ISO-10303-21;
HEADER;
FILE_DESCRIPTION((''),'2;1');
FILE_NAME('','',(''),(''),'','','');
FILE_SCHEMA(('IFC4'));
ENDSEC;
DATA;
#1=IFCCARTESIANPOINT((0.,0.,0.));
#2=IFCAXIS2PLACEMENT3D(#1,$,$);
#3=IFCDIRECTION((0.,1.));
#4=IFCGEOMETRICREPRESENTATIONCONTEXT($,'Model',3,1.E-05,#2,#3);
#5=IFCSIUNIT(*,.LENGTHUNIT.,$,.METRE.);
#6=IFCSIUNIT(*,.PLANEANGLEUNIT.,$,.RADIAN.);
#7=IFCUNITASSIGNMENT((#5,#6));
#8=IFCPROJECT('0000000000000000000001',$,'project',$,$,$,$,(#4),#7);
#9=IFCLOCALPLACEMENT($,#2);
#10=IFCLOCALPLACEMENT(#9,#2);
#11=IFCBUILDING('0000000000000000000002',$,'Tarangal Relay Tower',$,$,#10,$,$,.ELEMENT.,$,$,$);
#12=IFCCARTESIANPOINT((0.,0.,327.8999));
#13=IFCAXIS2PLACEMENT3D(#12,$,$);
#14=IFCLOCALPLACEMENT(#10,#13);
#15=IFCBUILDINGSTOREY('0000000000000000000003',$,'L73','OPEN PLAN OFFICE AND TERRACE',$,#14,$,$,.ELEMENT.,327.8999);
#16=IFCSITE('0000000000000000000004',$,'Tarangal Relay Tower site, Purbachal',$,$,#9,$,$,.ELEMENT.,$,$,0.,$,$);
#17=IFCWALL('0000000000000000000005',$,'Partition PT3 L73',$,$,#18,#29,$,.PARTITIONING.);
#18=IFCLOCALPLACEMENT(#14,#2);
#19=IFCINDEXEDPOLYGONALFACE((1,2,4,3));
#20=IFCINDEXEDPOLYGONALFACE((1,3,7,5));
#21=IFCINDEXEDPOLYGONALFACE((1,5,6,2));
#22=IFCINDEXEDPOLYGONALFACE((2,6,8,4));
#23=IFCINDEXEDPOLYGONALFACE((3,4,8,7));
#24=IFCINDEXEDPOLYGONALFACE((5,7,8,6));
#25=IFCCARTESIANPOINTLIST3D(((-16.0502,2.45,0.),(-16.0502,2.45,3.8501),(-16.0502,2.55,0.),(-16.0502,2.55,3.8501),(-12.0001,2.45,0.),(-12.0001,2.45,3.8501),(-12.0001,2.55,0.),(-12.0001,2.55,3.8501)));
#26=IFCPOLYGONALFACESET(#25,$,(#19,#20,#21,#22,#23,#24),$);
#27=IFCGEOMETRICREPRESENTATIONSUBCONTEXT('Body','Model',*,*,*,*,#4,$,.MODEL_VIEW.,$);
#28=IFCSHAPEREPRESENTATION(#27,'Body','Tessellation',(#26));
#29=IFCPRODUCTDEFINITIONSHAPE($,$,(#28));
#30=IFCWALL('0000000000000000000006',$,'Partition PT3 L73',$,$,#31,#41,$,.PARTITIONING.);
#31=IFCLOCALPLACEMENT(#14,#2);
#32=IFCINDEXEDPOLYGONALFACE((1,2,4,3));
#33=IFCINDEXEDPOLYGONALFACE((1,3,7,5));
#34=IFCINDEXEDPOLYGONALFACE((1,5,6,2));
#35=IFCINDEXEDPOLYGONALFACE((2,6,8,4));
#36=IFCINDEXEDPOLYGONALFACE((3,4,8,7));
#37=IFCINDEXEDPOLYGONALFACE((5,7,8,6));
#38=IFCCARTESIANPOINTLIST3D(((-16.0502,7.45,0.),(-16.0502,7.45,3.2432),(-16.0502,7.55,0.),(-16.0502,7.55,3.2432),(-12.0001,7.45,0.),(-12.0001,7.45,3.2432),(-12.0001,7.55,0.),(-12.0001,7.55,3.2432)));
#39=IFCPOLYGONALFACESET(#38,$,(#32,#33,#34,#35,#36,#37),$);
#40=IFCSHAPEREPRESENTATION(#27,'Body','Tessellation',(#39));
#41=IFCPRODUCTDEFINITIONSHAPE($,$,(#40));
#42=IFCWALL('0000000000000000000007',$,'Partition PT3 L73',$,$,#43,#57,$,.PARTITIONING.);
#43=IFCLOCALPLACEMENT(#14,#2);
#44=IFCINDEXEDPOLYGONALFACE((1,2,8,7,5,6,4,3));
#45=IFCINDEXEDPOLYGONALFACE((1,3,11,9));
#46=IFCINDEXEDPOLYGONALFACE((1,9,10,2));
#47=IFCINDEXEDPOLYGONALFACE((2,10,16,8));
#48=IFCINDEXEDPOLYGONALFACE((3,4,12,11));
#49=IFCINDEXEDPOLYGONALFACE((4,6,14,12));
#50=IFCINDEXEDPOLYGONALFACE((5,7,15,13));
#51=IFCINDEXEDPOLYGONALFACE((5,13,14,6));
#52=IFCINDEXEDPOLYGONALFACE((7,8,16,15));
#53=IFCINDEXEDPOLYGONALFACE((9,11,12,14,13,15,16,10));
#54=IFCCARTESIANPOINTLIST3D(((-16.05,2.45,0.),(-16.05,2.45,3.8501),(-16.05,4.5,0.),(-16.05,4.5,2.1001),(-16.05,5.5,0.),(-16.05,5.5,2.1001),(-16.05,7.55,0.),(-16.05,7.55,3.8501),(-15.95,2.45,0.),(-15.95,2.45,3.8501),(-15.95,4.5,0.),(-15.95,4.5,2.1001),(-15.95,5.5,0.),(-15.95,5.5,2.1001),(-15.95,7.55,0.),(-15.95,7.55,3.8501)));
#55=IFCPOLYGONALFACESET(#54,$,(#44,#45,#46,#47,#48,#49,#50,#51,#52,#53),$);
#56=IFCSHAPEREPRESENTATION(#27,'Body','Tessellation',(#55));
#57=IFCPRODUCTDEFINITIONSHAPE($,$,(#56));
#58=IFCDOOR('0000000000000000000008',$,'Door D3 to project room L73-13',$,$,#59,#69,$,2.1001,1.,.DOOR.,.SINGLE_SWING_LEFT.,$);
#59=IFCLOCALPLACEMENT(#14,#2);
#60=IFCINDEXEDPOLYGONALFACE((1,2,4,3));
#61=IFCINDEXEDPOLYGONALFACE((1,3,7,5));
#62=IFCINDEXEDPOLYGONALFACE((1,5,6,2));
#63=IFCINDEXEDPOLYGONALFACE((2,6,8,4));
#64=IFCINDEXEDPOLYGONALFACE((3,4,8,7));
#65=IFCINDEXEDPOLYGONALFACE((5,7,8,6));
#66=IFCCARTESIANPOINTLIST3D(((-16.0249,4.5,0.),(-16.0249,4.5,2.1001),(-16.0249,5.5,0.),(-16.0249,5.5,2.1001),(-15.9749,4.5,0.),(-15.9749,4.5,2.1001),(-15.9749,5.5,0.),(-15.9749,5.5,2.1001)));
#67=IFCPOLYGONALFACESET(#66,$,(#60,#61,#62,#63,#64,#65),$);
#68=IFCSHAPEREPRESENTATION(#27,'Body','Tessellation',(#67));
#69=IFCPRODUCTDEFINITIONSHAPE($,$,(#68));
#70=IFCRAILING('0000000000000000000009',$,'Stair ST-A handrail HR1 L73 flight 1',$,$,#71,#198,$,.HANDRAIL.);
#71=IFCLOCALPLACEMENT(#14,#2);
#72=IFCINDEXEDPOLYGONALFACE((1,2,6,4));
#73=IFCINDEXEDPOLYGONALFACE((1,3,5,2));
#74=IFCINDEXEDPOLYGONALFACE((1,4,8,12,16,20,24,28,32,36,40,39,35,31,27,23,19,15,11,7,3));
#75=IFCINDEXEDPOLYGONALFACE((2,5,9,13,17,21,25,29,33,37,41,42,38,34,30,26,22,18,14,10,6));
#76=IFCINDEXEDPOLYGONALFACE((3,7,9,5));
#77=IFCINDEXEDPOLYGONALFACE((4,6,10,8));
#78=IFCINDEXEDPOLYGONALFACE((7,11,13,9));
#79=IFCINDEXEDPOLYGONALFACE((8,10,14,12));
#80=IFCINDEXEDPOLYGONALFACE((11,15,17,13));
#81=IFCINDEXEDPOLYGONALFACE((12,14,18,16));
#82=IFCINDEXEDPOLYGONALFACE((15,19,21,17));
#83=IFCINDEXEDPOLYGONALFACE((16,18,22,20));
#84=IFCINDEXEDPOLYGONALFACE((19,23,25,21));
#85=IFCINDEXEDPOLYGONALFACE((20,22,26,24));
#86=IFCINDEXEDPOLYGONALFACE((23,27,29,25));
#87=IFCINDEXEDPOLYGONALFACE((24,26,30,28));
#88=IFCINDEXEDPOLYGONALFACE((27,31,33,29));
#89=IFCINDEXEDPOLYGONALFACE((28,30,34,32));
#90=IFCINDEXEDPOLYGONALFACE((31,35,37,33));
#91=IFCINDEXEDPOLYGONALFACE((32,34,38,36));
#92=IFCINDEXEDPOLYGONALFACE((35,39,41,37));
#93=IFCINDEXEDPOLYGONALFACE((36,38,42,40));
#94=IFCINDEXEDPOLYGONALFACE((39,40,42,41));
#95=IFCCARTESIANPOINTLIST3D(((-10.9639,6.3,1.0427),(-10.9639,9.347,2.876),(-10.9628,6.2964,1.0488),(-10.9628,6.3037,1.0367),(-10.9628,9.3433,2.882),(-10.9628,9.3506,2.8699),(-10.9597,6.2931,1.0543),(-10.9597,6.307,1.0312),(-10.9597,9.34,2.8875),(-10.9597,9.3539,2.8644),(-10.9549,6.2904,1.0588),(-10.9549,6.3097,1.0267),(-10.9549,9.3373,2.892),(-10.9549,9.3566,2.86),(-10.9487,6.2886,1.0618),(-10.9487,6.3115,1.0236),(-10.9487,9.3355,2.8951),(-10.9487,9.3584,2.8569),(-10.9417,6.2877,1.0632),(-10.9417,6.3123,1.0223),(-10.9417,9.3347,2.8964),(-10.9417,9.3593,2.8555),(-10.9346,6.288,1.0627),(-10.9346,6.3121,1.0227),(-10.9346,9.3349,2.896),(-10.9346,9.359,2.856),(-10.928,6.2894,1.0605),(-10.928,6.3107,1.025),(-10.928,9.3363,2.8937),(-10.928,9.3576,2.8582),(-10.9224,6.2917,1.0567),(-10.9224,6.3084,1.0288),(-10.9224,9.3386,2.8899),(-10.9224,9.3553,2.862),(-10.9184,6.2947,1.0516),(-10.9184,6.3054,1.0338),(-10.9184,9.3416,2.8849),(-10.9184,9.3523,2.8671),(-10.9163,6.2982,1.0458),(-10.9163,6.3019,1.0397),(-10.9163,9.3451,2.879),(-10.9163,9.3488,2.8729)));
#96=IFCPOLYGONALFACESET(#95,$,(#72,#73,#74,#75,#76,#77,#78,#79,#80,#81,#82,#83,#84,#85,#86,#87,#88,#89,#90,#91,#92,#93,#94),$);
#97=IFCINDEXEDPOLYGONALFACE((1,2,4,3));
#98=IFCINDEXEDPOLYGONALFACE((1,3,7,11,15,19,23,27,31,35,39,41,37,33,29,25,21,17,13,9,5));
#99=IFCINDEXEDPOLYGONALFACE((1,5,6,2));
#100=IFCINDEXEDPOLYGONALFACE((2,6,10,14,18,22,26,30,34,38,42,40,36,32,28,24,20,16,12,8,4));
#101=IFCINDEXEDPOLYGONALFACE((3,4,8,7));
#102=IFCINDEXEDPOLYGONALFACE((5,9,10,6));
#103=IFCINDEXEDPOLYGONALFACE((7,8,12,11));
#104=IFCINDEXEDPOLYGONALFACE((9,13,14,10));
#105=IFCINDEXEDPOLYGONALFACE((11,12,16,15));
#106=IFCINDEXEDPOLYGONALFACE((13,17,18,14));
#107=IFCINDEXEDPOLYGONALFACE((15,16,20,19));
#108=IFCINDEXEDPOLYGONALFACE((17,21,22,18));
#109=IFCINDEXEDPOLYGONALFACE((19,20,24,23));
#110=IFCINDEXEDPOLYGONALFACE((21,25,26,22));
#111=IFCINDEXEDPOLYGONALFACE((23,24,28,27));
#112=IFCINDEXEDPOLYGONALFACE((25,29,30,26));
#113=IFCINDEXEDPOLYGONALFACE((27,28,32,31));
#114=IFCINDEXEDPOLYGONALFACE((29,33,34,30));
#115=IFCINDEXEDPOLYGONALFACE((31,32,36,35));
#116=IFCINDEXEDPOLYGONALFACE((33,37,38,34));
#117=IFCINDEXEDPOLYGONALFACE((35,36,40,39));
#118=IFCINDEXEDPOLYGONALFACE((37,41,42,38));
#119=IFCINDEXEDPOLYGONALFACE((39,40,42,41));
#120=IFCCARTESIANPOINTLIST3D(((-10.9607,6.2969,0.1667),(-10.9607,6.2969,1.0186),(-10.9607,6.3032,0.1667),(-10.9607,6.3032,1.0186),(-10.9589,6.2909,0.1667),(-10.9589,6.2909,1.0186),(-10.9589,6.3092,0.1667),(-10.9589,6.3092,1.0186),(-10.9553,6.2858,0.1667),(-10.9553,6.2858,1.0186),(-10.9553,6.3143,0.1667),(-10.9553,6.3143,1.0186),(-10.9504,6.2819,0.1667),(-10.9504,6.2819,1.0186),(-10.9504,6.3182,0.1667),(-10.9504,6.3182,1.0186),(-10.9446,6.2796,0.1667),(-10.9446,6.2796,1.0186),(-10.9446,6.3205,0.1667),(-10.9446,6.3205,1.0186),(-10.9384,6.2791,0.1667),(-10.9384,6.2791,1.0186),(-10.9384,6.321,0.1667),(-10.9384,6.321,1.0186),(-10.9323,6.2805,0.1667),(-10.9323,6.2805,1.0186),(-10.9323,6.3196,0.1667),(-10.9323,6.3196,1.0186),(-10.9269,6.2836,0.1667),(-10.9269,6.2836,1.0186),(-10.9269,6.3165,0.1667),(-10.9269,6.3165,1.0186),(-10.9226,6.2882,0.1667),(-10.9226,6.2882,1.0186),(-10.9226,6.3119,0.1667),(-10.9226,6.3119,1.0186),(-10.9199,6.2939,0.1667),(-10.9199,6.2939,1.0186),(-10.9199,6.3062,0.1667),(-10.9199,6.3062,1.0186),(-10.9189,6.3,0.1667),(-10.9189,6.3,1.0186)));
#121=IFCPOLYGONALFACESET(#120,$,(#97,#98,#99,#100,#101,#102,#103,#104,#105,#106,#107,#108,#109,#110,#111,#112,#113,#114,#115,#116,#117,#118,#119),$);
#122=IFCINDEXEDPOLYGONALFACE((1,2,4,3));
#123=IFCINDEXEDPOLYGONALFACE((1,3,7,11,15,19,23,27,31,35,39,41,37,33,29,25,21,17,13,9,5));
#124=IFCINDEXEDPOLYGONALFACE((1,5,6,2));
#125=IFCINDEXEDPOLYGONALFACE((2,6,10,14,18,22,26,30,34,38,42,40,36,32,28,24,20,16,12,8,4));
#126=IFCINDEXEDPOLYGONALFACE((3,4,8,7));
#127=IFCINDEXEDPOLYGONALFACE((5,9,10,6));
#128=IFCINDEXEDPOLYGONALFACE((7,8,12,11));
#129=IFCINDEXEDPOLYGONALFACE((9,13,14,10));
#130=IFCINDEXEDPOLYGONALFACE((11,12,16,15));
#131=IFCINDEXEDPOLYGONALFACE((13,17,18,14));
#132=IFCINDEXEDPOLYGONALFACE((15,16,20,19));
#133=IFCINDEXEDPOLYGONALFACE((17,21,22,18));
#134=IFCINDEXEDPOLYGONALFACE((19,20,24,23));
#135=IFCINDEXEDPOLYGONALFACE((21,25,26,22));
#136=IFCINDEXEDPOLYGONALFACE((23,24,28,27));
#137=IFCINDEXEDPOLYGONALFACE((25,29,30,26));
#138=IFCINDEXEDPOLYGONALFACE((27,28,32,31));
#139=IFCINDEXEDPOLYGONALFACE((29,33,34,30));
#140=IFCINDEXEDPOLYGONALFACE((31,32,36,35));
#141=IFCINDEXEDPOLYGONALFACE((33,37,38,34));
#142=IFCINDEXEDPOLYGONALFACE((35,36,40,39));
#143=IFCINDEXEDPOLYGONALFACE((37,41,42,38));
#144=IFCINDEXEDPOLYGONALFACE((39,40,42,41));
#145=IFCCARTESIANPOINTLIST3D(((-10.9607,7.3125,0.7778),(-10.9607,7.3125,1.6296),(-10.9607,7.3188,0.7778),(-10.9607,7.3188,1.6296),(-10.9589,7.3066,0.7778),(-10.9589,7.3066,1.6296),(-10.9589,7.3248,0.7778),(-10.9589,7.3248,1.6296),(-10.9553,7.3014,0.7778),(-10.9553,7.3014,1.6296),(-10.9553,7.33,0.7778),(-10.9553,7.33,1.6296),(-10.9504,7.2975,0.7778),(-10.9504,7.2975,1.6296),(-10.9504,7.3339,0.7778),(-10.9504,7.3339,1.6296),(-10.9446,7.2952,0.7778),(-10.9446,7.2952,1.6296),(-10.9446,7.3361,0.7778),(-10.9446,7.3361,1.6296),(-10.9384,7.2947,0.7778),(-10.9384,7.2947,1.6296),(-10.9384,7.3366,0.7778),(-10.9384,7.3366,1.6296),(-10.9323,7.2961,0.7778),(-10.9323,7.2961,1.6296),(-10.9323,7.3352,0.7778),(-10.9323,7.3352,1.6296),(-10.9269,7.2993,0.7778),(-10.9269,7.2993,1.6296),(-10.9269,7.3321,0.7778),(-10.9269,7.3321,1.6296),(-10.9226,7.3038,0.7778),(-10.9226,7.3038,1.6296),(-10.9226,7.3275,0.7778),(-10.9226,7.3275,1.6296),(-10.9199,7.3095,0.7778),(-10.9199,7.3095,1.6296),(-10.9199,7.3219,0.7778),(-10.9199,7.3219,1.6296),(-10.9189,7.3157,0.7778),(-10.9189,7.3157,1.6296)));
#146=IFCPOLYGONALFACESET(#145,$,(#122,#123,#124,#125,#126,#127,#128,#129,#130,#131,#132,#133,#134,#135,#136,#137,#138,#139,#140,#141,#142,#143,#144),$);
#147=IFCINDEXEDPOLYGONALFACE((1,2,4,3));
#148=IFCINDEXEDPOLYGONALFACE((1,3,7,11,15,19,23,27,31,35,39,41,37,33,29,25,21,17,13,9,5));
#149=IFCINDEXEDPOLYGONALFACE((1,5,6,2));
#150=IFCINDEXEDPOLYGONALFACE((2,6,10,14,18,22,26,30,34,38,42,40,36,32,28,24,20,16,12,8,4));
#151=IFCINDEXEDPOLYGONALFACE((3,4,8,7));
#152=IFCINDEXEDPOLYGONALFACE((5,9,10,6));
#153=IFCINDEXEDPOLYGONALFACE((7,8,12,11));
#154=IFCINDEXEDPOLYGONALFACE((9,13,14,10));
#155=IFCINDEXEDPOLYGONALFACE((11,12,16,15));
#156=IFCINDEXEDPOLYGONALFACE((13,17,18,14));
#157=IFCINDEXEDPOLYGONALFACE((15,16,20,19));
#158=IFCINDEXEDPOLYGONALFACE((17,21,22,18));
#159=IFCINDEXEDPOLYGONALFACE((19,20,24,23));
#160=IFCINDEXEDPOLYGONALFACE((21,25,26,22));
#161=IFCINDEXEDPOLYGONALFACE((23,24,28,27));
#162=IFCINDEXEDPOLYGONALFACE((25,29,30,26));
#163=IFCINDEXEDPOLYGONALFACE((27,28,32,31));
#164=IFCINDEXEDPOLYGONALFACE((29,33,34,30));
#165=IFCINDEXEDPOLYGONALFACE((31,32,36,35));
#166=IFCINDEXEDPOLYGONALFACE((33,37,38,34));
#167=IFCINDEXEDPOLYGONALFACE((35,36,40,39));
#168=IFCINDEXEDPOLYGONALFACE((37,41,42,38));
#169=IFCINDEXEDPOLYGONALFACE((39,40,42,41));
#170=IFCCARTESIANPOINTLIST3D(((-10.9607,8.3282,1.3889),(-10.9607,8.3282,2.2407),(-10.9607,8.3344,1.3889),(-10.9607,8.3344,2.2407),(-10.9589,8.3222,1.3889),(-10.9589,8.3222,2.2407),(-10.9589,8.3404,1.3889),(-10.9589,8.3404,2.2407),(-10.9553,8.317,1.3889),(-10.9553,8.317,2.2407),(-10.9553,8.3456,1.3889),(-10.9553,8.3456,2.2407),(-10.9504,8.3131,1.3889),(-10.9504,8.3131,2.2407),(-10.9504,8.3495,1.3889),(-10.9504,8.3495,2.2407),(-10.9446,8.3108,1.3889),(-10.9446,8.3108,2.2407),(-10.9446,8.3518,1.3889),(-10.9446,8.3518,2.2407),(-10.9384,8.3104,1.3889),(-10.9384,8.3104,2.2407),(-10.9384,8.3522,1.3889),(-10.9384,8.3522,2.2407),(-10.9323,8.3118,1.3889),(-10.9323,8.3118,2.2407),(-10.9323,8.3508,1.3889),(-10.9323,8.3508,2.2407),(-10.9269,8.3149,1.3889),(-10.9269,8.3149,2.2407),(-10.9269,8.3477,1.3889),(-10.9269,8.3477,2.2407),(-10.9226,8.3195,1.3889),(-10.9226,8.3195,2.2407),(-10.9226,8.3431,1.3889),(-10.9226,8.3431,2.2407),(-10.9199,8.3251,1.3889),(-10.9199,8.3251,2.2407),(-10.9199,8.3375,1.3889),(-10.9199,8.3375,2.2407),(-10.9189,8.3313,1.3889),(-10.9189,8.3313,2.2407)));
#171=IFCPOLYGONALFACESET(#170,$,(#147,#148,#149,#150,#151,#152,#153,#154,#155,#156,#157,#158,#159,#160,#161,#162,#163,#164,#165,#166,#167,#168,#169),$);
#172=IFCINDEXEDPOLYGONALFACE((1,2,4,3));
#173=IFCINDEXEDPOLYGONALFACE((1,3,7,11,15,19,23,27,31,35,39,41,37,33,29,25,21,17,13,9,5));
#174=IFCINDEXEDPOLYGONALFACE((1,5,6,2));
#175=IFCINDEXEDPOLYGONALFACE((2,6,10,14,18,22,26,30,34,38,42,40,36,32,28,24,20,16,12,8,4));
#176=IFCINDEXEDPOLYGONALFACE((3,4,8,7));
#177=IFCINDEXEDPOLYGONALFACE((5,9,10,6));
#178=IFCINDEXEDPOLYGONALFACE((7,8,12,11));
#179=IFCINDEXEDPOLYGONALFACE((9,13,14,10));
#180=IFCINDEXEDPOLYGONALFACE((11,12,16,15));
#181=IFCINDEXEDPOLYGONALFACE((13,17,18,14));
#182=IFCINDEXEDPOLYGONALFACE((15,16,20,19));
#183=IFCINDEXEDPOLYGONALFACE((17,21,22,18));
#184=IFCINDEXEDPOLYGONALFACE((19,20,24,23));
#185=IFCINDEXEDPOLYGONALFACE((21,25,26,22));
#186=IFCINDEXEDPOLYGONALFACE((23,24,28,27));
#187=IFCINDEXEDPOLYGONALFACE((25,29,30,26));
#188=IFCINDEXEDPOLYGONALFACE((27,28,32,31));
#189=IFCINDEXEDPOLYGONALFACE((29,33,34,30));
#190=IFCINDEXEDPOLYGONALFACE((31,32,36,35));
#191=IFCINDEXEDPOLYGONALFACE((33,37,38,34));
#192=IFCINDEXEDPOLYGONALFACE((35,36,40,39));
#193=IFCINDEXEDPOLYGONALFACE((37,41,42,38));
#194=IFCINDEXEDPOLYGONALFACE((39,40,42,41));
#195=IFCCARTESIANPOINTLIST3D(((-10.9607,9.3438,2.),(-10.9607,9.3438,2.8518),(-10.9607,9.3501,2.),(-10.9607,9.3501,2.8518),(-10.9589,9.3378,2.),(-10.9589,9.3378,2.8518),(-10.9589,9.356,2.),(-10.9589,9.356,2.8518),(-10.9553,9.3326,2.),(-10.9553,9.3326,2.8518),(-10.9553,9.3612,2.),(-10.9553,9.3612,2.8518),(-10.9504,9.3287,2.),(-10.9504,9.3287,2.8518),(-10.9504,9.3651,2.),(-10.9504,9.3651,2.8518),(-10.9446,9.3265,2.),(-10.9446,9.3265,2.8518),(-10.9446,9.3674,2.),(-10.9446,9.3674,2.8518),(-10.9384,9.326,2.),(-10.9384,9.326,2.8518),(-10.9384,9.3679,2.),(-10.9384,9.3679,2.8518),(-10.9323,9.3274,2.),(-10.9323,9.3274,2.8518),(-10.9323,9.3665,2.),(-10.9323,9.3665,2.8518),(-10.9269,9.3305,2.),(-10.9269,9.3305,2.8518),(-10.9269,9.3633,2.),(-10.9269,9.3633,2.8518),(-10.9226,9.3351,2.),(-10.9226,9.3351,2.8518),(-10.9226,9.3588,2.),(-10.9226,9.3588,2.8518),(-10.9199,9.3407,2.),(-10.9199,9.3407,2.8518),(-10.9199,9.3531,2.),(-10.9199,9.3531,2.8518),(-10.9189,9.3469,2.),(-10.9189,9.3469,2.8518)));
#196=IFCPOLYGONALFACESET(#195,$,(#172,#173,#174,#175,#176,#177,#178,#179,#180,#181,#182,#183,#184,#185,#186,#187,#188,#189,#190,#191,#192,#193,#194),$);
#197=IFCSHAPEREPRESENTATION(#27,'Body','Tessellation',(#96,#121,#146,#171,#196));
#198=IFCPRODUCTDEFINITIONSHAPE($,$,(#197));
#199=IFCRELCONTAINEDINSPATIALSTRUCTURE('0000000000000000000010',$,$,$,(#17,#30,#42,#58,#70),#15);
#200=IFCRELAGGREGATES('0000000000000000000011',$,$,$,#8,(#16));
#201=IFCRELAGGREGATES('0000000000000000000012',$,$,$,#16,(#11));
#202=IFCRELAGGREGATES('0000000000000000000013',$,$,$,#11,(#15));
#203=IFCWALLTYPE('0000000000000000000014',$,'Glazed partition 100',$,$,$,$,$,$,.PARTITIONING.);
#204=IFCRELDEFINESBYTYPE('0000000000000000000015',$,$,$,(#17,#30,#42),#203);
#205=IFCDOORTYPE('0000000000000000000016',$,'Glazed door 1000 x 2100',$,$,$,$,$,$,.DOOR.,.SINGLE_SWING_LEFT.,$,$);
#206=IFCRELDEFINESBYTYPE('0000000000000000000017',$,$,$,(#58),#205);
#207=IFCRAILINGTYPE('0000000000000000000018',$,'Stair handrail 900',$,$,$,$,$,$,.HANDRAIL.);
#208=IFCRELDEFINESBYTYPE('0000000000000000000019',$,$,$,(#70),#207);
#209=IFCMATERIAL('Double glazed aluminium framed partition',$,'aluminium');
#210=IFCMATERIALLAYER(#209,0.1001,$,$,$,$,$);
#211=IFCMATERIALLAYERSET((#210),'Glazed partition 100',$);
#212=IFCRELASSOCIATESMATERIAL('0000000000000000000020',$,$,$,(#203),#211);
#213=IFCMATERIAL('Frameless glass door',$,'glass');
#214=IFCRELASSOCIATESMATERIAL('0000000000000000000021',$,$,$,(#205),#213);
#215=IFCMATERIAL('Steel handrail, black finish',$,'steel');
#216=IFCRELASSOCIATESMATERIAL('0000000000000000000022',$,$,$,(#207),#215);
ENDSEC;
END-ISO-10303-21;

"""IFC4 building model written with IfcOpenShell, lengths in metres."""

from ifc_helpers import new_model, si_unit, direction, frame, frame_2d, origin, origin_2d, place, context, subcontext, project, spatial, rectangle, circle, extrude, material, layer, layer_set, type_object, element, fill, save


model = new_model("IFC4")

# Units and contexts
model_context = context("Model", 3, precision=1e-05, world=origin(), true_north=direction((0.0, 1.0)))
body_context = subcontext(model_context, "Body", "Model", "MODEL_VIEW")
ifc_project = project(units=[si_unit("LENGTHUNIT", "METRE"), si_unit("PLANEANGLEUNIT", "RADIAN")], contexts=[model_context])

# Site, building, storey
site_placement = place(None, origin())
site = spatial("IfcSite", under=ifc_project, at=site_placement, Name="Tarangal Relay Tower site, Purbachal", CompositionType="ELEMENT", RefElevation=0.0)
building_placement = place(site_placement, origin())
building = spatial("IfcBuilding", under=site, at=building_placement, Name="Tarangal Relay Tower", CompositionType="ELEMENT")
storey_placement = place(building_placement, frame((0.0, 0.0, 327.8999)))
storey = spatial("IfcBuildingStorey", under=building, at=storey_placement, Name="L73", Description="OPEN PLAN OFFICE AND TERRACE", CompositionType="ELEMENT", Elevation=327.8999)

# Walls
ifc_material_1 = material(Name="Double glazed aluminium framed partition", Category="aluminium")
ifc_layer_1 = layer(ifc_material_1, 0.1001)
ifc_layer_set_1 = layer_set([ifc_layer_1], Name="Glazed partition 100")
wall_type_1 = type_object("IfcWallType", Name="Glazed partition 100", PredefinedType="PARTITIONING", material=ifc_layer_set_1)
wall_1_placement = place(storey_placement, frame((-16.05, 2.5, 0.0), z_axis=(0.0, 0.0, 1.0), x_axis=(1.0, 0.0, 0.0)))
element("IfcWall", 1, at=wall_1_placement, inside=storey, type_object=wall_type_1, Name="Partition PT3 L73", PredefinedType="PARTITIONING", context=body_context, shape_type="SweptSolid", body=[
    extrude(rectangle(XDim=4.05, YDim=0.1001, at=frame_2d((2.0249, 0.0))), origin(), (0.0, 0.0, 1.0), 3.8501),
])
wall_2_placement = place(storey_placement, frame((-16.05, 7.5, 0.0), z_axis=(0.0, 0.0, 1.0), x_axis=(1.0, 0.0, 0.0)))
element("IfcWall", 2, at=wall_2_placement, inside=storey, type_object=wall_type_1, Name="Partition PT3 L73", PredefinedType="PARTITIONING", context=body_context, shape_type="SweptSolid", body=[
    extrude(rectangle(XDim=4.05, YDim=0.1001, at=frame_2d((2.0249, 0.0))), origin(), (0.0, 0.0, 1.0), 3.2432),
])

# Wall, opening, door
wall_3_placement = place(storey_placement, frame((-16.0, 2.45, 0.0), z_axis=(0.0, 0.0, 1.0), x_axis=(0.0, 1.0, 0.0)))
wall_3 = element("IfcWall", 3, at=wall_3_placement, inside=storey, type_object=wall_type_1, Name="Partition PT3 L73", PredefinedType="PARTITIONING", context=body_context, shape_type="SweptSolid", body=[
    extrude(rectangle(XDim=5.1001, YDim=0.1001, at=frame_2d((2.55, 0.0))), origin(), (0.0, 0.0, 1.0), 3.8501),
])
opening_1_placement = place(wall_3_placement, frame((2.05, 0.0, 0.0)))
opening_1 = element("IfcOpeningElement", 4, at=opening_1_placement, cuts=wall_3, PredefinedType="OPENING", context=body_context, shape_type="SweptSolid", body=[
    extrude(rectangle(XDim=1.0, YDim=2.1001, at=frame_2d((0.5, 1.05))), frame((0.0, 0.0601, 0.0), z_axis=(0.0, -1.0, 0.0), x_axis=(1.0, 0.0, 0.0)), (0.0, 0.0, 1.0), 0.1201),
])
ifc_material_2 = material(Name="Frameless glass door", Category="glass")
door_type_1 = type_object("IfcDoorType", Name="Glazed door 1000 x 2100", OperationType="SINGLE_SWING_LEFT", PredefinedType="DOOR", material=ifc_material_2)
door_1_placement = place(opening_1_placement, origin())
door_1 = element("IfcDoor", 5, at=door_1_placement, inside=storey, type_object=door_type_1, Name="Door D3 to project room L73-13", OperationType="SINGLE_SWING_LEFT", OverallHeight=2.1001, OverallWidth=1.0, PredefinedType="DOOR", context=body_context, shape_type="SweptSolid", body=[
    extrude(rectangle(XDim=1.0, YDim=2.1001, at=frame_2d((0.5, 1.05))), frame((0.0, 0.0249, 0.0), z_axis=(0.0, -1.0, 0.0), x_axis=(1.0, 0.0, 0.0)), (0.0, 0.0, 1.0), 0.05),
])
fill(opening_1, door_1)

# Railing
ifc_material_3 = material(Name="Steel handrail, black finish", Category="steel")
railing_type = type_object("IfcRailingType", Name="Stair handrail 900", PredefinedType="HANDRAIL", material=ifc_material_3)
railing_placement = place(storey_placement, frame((-10.9399, 6.3, 0.1667)))
element("IfcRailing", 6, at=railing_placement, inside=storey, type_object=railing_type, Name="Stair ST-A handrail HR1 L73 flight 1", PredefinedType="HANDRAIL", context=body_context, shape_type="SweptSolid", body=[
    extrude(circle(Radius=0.0239, at=origin_2d()), frame((0.0, 0.0, 0.876), z_axis=(0.0, 0.856856, 0.515556), x_axis=(-1.0, 0.0, 0.0)), (0.0, 0.0, 1.0), 3.5559),
    extrude(circle(Radius=0.021, at=origin_2d()), origin(), (0.0, 0.0, 1.0), 0.8518),
    extrude(circle(Radius=0.021, at=origin_2d()), frame((0.0, 1.0156, 0.6111)), (0.0, 0.0, 1.0), 0.8518),
    extrude(circle(Radius=0.021, at=origin_2d()), frame((0.0, 2.0312, 1.2222)), (0.0, 0.0, 1.0), 0.8518),
    extrude(circle(Radius=0.021, at=origin_2d()), frame((0.0, 3.0469, 1.8333)), (0.0, 0.0, 1.0), 0.8518),
])

save(model, "model.ifc")
